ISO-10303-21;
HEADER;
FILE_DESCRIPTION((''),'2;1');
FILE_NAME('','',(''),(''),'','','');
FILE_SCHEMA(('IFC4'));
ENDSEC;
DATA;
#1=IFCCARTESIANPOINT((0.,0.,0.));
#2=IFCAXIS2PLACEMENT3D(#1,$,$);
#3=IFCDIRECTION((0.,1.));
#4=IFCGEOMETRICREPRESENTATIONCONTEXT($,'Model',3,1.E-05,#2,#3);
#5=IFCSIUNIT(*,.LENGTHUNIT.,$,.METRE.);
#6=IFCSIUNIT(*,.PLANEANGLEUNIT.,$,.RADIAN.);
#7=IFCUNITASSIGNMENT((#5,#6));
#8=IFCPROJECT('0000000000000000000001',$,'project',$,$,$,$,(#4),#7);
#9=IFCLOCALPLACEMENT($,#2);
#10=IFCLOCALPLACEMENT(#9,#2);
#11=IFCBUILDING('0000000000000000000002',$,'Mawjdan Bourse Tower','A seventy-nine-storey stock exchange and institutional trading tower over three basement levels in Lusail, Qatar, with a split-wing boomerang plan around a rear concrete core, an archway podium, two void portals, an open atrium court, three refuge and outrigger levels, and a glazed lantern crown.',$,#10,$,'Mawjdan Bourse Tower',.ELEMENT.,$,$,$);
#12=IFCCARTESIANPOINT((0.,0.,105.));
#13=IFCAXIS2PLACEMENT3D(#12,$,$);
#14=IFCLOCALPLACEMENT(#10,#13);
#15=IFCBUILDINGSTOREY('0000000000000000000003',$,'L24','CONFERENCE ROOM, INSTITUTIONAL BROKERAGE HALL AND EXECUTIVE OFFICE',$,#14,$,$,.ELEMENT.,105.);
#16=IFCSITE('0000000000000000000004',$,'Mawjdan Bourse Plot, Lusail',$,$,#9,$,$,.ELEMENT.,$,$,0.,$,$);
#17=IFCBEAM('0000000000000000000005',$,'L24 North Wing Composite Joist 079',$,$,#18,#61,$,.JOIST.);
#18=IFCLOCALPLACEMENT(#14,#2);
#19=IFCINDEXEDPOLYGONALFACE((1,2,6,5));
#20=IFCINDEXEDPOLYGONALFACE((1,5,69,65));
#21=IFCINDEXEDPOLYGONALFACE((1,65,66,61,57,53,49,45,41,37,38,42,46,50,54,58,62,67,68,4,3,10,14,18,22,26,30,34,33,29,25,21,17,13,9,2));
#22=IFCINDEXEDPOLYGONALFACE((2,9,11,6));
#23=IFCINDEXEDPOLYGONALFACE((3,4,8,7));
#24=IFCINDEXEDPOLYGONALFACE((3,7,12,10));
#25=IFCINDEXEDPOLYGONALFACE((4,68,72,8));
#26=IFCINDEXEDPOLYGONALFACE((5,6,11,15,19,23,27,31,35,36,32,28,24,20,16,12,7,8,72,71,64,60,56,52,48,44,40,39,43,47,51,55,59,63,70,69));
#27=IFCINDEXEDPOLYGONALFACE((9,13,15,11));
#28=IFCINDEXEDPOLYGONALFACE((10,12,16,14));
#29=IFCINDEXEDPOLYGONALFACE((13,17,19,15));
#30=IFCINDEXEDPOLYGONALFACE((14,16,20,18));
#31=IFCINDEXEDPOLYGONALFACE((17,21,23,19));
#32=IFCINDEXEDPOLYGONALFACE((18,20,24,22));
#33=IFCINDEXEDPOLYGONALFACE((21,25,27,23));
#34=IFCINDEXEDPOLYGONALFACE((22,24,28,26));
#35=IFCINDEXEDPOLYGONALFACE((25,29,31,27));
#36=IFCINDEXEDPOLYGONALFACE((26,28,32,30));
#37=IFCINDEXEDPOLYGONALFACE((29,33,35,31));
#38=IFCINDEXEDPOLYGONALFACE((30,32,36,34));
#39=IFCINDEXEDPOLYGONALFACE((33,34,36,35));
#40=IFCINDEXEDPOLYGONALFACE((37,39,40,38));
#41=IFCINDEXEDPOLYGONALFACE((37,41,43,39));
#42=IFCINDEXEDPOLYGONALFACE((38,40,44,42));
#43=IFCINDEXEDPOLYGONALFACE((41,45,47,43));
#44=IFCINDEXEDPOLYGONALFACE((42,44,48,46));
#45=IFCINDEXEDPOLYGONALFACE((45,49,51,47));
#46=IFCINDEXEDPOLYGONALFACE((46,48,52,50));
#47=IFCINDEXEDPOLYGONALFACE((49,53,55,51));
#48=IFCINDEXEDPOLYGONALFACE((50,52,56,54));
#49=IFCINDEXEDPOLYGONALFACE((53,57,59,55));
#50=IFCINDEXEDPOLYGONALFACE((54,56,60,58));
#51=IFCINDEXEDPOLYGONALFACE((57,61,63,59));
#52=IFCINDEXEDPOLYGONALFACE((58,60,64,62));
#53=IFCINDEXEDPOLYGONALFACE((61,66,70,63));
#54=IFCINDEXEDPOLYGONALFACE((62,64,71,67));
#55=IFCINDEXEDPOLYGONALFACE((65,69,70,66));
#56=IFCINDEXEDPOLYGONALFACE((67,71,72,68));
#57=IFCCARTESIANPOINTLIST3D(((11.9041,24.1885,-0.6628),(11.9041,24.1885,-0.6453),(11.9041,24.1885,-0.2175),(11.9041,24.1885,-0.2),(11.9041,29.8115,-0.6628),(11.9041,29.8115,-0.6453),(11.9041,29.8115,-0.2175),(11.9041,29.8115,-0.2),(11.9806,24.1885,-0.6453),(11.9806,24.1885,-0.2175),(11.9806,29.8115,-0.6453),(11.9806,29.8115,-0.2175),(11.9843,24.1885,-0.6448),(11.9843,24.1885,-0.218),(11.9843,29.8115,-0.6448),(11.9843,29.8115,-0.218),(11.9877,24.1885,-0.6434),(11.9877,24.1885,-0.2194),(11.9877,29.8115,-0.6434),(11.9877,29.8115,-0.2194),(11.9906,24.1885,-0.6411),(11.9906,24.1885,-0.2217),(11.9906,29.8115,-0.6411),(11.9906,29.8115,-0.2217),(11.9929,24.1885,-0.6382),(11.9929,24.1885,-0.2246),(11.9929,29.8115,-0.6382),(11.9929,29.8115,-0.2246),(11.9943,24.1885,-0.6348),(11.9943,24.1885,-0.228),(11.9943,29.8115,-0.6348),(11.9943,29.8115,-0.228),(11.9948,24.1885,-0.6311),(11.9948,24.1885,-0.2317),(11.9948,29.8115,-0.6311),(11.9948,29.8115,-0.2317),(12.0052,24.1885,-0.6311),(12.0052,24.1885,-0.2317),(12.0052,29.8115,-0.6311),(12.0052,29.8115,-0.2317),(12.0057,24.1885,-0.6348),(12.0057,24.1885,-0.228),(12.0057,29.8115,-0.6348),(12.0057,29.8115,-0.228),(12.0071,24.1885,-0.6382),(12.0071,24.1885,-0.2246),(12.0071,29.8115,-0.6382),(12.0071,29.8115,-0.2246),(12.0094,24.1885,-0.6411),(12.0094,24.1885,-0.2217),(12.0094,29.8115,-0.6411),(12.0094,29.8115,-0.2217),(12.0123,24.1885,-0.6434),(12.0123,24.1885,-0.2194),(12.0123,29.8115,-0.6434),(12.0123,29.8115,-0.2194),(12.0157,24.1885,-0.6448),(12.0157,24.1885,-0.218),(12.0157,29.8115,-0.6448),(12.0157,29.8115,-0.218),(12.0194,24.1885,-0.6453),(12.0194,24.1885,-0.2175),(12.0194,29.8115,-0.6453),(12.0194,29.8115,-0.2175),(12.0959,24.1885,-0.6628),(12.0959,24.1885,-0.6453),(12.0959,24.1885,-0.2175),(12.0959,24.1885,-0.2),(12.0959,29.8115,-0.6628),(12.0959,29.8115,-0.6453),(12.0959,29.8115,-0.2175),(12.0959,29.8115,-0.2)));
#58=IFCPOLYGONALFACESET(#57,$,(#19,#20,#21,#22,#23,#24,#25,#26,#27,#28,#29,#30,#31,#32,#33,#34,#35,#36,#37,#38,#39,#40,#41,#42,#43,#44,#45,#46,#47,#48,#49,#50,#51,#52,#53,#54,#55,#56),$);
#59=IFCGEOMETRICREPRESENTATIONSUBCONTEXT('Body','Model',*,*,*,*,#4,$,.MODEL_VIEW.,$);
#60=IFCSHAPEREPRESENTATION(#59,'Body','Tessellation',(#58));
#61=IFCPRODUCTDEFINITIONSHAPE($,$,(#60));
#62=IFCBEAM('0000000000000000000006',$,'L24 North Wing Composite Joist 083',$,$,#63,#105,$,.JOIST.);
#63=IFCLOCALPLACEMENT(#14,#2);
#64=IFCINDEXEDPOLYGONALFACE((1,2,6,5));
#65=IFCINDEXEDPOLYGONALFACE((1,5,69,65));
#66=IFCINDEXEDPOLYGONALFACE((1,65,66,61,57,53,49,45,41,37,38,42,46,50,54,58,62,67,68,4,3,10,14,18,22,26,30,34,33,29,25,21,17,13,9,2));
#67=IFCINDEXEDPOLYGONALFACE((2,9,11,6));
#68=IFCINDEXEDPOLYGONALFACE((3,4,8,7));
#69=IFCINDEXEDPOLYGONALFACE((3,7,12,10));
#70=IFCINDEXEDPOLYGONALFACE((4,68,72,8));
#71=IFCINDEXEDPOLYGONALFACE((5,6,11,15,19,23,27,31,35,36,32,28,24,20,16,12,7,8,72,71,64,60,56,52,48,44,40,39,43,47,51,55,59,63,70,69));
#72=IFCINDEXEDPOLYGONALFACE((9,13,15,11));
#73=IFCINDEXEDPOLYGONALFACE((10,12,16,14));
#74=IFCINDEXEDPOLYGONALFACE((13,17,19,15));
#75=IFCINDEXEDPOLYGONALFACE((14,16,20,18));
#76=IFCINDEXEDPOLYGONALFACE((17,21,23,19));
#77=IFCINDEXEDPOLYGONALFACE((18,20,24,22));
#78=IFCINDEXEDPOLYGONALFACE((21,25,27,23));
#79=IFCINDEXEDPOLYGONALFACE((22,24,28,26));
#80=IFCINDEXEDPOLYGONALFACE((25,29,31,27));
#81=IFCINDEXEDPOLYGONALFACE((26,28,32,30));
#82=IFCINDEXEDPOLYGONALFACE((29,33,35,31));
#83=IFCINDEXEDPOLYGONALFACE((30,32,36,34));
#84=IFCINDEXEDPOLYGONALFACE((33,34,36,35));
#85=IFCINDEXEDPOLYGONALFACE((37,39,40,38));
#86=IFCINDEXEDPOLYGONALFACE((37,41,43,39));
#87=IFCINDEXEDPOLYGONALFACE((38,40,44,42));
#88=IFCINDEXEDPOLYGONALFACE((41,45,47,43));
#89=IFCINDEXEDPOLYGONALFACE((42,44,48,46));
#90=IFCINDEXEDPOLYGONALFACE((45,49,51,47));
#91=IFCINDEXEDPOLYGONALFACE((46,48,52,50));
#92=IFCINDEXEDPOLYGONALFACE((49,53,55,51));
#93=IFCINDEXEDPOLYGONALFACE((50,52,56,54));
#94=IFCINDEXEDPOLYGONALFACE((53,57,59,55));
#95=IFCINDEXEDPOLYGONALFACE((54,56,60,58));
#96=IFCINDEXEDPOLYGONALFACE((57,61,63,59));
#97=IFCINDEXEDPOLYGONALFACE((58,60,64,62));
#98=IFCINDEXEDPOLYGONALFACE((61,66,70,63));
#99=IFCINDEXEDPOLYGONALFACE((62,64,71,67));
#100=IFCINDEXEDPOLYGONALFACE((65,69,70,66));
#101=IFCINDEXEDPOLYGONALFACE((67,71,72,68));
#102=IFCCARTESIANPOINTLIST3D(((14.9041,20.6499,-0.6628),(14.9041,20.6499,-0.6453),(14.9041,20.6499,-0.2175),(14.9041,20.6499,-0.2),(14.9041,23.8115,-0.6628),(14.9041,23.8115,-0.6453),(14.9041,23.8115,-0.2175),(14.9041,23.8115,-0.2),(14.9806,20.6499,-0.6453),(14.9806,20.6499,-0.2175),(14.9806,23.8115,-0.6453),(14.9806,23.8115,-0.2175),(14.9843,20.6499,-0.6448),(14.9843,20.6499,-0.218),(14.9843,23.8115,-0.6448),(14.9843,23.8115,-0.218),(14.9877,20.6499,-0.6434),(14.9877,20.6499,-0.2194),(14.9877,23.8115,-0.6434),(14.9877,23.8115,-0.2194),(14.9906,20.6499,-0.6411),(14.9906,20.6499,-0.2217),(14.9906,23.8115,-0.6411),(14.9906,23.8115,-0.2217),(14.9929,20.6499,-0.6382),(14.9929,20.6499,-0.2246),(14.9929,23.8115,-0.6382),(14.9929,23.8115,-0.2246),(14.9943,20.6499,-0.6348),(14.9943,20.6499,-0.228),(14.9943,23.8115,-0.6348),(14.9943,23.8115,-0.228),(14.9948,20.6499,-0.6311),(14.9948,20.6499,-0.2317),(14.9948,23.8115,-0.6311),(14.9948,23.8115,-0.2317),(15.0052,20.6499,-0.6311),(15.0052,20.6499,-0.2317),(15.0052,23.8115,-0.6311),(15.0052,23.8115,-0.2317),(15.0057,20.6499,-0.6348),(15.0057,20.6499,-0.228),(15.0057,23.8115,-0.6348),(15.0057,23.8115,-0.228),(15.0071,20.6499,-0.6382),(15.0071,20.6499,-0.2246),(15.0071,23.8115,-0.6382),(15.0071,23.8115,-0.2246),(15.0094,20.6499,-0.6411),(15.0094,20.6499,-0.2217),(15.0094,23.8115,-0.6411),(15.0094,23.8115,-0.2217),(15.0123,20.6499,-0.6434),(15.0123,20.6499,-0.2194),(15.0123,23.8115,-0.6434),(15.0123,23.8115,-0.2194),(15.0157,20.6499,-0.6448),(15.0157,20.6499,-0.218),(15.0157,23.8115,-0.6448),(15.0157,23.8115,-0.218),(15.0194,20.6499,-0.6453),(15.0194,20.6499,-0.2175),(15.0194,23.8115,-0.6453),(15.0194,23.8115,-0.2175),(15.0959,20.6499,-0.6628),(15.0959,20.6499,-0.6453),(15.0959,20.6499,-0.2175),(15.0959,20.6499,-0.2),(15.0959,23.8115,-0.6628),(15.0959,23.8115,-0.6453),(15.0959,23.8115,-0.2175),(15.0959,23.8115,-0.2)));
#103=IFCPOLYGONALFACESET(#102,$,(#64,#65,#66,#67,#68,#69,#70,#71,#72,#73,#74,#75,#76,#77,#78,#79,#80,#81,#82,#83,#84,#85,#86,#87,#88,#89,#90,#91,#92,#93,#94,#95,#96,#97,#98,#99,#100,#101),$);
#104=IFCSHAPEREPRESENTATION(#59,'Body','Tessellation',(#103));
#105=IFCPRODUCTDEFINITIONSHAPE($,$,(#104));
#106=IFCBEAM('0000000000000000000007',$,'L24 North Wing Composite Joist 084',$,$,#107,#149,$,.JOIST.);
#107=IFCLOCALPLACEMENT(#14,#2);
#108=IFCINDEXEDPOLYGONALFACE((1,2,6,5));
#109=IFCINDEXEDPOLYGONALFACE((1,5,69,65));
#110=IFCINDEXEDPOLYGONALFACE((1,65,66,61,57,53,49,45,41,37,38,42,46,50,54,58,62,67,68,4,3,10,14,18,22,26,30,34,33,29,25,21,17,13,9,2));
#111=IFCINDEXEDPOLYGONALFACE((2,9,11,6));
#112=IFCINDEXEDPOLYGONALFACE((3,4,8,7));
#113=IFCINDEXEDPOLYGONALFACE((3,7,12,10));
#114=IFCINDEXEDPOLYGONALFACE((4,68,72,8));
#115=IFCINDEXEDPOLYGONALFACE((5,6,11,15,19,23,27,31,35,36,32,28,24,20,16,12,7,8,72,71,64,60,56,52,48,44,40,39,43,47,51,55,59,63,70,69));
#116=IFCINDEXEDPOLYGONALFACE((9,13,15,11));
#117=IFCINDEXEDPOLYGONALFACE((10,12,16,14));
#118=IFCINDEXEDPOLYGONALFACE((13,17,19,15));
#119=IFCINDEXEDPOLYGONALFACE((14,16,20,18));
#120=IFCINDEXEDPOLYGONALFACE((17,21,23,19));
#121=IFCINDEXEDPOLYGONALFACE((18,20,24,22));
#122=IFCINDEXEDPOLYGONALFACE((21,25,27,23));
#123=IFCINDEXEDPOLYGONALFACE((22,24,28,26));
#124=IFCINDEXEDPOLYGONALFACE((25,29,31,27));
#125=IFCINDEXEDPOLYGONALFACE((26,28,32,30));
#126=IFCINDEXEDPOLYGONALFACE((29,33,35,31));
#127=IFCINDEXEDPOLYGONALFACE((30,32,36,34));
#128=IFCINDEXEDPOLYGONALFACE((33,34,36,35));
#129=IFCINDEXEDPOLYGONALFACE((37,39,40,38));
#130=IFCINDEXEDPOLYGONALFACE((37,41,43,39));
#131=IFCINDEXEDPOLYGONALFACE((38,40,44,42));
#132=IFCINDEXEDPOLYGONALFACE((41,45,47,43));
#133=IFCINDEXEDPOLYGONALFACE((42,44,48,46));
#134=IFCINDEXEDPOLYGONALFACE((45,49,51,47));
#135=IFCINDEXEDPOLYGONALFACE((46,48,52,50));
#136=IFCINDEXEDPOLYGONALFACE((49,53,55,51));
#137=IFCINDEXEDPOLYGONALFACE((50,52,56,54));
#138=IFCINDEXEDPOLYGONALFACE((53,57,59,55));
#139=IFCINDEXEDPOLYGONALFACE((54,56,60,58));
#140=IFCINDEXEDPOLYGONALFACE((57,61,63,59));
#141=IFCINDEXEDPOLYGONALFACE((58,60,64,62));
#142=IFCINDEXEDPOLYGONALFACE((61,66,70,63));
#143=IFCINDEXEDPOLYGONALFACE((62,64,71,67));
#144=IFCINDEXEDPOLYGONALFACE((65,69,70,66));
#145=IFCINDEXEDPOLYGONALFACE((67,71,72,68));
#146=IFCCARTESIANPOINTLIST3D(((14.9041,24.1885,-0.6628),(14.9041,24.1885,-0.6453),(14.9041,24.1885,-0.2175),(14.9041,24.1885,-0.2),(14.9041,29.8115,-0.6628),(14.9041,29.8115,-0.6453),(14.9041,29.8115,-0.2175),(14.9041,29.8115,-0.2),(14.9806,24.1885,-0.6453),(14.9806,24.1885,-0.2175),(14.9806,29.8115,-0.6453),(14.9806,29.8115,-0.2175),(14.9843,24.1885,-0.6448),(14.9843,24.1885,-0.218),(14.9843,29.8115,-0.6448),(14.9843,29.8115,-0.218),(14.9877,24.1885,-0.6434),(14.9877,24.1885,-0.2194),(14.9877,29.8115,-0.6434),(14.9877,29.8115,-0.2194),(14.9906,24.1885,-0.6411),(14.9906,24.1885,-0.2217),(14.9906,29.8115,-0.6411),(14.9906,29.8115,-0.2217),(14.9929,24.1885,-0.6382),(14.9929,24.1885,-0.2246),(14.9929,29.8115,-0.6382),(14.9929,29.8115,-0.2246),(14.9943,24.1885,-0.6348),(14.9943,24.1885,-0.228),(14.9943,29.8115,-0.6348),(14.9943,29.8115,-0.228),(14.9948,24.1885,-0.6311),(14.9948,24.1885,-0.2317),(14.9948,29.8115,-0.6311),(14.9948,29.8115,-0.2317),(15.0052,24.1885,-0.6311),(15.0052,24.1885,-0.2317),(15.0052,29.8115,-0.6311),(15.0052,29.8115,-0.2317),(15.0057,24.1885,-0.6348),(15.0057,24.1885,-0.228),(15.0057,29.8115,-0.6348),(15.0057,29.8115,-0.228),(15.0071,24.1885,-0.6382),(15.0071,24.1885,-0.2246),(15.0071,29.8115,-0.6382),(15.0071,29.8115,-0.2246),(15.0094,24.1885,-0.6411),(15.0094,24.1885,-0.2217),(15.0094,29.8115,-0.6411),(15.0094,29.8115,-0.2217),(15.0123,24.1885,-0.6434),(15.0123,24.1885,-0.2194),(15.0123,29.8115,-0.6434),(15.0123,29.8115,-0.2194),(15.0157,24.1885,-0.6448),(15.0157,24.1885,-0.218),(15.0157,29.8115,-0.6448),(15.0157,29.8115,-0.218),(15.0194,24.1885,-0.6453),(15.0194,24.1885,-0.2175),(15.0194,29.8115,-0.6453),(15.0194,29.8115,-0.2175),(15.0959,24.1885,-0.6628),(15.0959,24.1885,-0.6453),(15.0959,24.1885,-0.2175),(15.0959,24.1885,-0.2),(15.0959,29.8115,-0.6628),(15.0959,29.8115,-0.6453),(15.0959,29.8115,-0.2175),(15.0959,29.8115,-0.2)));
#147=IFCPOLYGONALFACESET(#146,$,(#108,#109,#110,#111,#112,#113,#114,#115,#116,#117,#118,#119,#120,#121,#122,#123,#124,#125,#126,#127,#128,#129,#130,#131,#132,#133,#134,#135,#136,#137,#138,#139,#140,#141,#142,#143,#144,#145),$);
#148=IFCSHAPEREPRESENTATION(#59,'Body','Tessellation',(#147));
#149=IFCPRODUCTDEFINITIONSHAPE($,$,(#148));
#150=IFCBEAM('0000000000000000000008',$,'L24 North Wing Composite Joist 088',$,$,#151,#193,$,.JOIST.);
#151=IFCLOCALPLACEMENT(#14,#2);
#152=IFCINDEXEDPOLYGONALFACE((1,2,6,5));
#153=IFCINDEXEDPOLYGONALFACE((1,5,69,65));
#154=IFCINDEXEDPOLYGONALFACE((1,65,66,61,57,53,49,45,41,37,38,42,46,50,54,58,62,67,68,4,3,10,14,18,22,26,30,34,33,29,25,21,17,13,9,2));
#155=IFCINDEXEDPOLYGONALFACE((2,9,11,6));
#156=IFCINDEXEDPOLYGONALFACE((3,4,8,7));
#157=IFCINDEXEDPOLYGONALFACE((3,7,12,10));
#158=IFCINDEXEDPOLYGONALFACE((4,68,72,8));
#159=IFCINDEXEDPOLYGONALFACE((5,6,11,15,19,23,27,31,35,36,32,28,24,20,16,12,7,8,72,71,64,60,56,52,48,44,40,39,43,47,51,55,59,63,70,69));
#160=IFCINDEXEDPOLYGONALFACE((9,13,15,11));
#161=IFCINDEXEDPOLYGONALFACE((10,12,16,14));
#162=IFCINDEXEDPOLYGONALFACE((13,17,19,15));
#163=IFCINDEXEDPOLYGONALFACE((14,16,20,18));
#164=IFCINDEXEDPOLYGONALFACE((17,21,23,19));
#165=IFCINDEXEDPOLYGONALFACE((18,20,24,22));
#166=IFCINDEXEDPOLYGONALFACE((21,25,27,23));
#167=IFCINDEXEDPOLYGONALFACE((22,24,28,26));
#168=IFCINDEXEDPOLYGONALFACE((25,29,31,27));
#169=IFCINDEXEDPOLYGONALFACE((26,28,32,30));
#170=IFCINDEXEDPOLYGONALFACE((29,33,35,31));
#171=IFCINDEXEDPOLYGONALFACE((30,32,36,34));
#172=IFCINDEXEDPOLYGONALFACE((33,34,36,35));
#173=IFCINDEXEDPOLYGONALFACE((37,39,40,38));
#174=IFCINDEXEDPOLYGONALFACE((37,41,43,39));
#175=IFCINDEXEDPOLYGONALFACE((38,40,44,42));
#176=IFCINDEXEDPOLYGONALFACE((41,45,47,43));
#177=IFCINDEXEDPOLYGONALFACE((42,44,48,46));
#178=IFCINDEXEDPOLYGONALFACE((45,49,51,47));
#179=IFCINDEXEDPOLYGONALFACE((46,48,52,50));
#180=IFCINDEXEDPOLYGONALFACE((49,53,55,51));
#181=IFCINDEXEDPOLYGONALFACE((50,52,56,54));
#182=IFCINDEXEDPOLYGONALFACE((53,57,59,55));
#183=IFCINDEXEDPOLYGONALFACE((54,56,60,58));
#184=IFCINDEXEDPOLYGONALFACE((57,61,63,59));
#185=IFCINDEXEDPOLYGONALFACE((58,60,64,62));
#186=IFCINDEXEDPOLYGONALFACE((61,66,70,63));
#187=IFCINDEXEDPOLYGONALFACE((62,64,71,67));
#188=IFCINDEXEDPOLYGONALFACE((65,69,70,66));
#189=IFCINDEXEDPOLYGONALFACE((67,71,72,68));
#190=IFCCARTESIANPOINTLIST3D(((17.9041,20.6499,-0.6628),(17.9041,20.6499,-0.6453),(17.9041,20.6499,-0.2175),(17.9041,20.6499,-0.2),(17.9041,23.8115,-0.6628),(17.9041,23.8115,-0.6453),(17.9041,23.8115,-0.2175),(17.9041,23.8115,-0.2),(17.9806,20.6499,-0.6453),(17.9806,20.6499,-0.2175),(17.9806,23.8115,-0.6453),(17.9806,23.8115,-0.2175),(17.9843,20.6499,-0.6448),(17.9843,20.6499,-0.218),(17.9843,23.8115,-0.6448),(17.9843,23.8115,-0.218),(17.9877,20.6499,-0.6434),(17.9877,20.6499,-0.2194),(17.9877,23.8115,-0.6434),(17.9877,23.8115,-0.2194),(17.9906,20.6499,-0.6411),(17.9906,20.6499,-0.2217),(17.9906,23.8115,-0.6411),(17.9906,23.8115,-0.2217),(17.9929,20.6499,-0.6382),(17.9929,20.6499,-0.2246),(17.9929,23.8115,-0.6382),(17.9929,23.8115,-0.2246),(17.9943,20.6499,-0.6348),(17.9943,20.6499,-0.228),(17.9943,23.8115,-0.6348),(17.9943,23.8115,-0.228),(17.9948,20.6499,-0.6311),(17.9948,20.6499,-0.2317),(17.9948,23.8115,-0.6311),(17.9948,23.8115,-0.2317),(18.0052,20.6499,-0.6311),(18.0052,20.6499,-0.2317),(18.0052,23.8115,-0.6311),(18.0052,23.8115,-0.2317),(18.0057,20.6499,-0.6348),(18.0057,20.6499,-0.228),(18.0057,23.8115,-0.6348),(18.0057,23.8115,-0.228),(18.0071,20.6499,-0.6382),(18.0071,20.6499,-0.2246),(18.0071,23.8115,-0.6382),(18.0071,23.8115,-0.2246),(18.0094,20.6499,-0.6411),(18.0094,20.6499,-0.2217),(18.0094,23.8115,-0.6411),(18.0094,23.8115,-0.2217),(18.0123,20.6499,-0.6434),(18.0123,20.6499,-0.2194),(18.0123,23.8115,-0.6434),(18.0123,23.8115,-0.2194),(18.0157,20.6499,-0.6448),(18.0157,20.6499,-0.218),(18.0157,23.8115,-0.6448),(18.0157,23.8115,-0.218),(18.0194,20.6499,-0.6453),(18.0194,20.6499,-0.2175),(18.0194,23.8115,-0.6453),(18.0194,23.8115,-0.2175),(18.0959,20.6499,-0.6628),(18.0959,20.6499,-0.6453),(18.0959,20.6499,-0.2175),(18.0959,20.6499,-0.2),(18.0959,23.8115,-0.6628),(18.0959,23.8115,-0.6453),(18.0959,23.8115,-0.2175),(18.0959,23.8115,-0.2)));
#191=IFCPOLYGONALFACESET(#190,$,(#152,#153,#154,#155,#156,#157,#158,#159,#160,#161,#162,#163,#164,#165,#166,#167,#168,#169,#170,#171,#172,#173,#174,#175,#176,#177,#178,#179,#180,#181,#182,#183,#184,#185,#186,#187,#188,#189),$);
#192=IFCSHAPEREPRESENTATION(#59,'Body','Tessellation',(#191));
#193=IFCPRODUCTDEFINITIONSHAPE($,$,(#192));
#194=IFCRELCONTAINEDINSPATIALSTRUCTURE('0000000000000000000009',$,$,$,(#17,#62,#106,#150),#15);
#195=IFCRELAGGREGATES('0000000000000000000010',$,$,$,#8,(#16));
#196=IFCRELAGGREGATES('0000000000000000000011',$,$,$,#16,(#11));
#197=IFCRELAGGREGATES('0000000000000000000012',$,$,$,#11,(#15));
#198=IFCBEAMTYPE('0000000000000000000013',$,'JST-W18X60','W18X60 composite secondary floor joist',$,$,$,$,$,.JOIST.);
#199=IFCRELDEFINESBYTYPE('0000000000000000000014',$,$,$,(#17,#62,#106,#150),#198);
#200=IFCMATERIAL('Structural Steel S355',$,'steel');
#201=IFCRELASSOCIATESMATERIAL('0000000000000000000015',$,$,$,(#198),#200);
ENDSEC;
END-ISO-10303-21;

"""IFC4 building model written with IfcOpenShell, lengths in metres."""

from ifc_helpers import new_model, si_unit, direction, frame, origin, origin_2d, place, context, subcontext, project, spatial, i_section, extrude, material, material_profile, profile_set, type_object, element, save


model = new_model("IFC4")

# Units and contexts
model_context = context("Model", 3, precision=1e-05, world=origin(), true_north=direction((0.0, 1.0)))
body_context = subcontext(model_context, "Body", "Model", "MODEL_VIEW")
ifc_project = project(units=[si_unit("LENGTHUNIT", "METRE"), si_unit("PLANEANGLEUNIT", "RADIAN")], contexts=[model_context])

# Site, building, storey
site_placement = place(None, origin())
site = spatial("IfcSite", under=ifc_project, at=site_placement, Name="Mawjdan Bourse Plot, Lusail", CompositionType="ELEMENT", RefElevation=0.0)
building_placement = place(site_placement, origin())
building = spatial("IfcBuilding", under=site, at=building_placement, Name="Mawjdan Bourse Tower", Description="A seventy-nine-storey stock exchange and institutional trading tower over three basement levels in Lusail, Qatar, with a split-wing boomerang plan around a rear concrete core, an archway podium, two void portals, an open atrium court, three refuge and outrigger levels, and a glazed lantern crown.", LongName="Mawjdan Bourse Tower", CompositionType="ELEMENT")
storey_placement = place(building_placement, frame((0.0, 0.0, 105.0)))
storey = spatial("IfcBuildingStorey", under=building, at=storey_placement, Name="L24", Description="CONFERENCE ROOM, INSTITUTIONAL BROKERAGE HALL AND EXECUTIVE OFFICE", CompositionType="ELEMENT", Elevation=105.0)

# Beams
ifc_material_1 = material(Name="Structural Steel S355", Category="steel")
ifc_material_profile_1 = material_profile(ifc_material_1, i_section(OverallWidth=0.1919, OverallDepth=0.4629, WebThickness=0.0105, FlangeThickness=0.0176, FilletRadius=0.0142, at=origin_2d()), Name="W18X60")
ifc_profile_set_1 = profile_set([ifc_material_profile_1], Name="Structural Steel S355")
beam_type_1 = type_object("IfcBeamType", Name="JST-W18X60", Description="W18X60 composite secondary floor joist", PredefinedType="JOIST", material=ifc_profile_set_1)
beam_1_placement = place(storey_placement, frame((12.0, 24.1885, -0.4314), z_axis=(0.0, 1.0, 0.0), x_axis=(-1.0, 0.0, 0.0)))
element("IfcBeam", 1, at=beam_1_placement, inside=storey, type_object=beam_type_1, Name="L24 North Wing Composite Joist 079", PredefinedType="JOIST", context=body_context, shape_type="SweptSolid", body=[
    extrude(i_section(OverallWidth=0.1919, OverallDepth=0.4629, WebThickness=0.0105, FlangeThickness=0.0176, FilletRadius=0.0142, at=origin_2d()), origin(), (0.0, 0.0, 1.0), 5.623),
])
beam_2_placement = place(storey_placement, frame((15.0, 20.6499, -0.4314), z_axis=(0.0, 1.0, 0.0), x_axis=(-1.0, 0.0, 0.0)))
element("IfcBeam", 2, at=beam_2_placement, inside=storey, type_object=beam_type_1, Name="L24 North Wing Composite Joist 083", PredefinedType="JOIST", context=body_context, shape_type="SweptSolid", body=[
    extrude(i_section(OverallWidth=0.1919, OverallDepth=0.4629, WebThickness=0.0105, FlangeThickness=0.0176, FilletRadius=0.0142, at=origin_2d()), origin(), (0.0, 0.0, 1.0), 3.1616),
])
beam_3_placement = place(storey_placement, frame((15.0, 24.1885, -0.4314), z_axis=(0.0, 1.0, 0.0), x_axis=(-1.0, 0.0, 0.0)))
element("IfcBeam", 3, at=beam_3_placement, inside=storey, type_object=beam_type_1, Name="L24 North Wing Composite Joist 084", PredefinedType="JOIST", context=body_context, shape_type="SweptSolid", body=[
    extrude(i_section(OverallWidth=0.1919, OverallDepth=0.4629, WebThickness=0.0105, FlangeThickness=0.0176, FilletRadius=0.0142, at=origin_2d()), origin(), (0.0, 0.0, 1.0), 5.623),
])
beam_4_placement = place(storey_placement, frame((18.0, 20.6499, -0.4314), z_axis=(0.0, 1.0, 0.0), x_axis=(-1.0, 0.0, 0.0)))
element("IfcBeam", 4, at=beam_4_placement, inside=storey, type_object=beam_type_1, Name="L24 North Wing Composite Joist 088", PredefinedType="JOIST", context=body_context, shape_type="SweptSolid", body=[
    extrude(i_section(OverallWidth=0.1919, OverallDepth=0.4629, WebThickness=0.0105, FlangeThickness=0.0176, FilletRadius=0.0142, at=origin_2d()), origin(), (0.0, 0.0, 1.0), 3.1616),
])

save(model, "model.ifc")
